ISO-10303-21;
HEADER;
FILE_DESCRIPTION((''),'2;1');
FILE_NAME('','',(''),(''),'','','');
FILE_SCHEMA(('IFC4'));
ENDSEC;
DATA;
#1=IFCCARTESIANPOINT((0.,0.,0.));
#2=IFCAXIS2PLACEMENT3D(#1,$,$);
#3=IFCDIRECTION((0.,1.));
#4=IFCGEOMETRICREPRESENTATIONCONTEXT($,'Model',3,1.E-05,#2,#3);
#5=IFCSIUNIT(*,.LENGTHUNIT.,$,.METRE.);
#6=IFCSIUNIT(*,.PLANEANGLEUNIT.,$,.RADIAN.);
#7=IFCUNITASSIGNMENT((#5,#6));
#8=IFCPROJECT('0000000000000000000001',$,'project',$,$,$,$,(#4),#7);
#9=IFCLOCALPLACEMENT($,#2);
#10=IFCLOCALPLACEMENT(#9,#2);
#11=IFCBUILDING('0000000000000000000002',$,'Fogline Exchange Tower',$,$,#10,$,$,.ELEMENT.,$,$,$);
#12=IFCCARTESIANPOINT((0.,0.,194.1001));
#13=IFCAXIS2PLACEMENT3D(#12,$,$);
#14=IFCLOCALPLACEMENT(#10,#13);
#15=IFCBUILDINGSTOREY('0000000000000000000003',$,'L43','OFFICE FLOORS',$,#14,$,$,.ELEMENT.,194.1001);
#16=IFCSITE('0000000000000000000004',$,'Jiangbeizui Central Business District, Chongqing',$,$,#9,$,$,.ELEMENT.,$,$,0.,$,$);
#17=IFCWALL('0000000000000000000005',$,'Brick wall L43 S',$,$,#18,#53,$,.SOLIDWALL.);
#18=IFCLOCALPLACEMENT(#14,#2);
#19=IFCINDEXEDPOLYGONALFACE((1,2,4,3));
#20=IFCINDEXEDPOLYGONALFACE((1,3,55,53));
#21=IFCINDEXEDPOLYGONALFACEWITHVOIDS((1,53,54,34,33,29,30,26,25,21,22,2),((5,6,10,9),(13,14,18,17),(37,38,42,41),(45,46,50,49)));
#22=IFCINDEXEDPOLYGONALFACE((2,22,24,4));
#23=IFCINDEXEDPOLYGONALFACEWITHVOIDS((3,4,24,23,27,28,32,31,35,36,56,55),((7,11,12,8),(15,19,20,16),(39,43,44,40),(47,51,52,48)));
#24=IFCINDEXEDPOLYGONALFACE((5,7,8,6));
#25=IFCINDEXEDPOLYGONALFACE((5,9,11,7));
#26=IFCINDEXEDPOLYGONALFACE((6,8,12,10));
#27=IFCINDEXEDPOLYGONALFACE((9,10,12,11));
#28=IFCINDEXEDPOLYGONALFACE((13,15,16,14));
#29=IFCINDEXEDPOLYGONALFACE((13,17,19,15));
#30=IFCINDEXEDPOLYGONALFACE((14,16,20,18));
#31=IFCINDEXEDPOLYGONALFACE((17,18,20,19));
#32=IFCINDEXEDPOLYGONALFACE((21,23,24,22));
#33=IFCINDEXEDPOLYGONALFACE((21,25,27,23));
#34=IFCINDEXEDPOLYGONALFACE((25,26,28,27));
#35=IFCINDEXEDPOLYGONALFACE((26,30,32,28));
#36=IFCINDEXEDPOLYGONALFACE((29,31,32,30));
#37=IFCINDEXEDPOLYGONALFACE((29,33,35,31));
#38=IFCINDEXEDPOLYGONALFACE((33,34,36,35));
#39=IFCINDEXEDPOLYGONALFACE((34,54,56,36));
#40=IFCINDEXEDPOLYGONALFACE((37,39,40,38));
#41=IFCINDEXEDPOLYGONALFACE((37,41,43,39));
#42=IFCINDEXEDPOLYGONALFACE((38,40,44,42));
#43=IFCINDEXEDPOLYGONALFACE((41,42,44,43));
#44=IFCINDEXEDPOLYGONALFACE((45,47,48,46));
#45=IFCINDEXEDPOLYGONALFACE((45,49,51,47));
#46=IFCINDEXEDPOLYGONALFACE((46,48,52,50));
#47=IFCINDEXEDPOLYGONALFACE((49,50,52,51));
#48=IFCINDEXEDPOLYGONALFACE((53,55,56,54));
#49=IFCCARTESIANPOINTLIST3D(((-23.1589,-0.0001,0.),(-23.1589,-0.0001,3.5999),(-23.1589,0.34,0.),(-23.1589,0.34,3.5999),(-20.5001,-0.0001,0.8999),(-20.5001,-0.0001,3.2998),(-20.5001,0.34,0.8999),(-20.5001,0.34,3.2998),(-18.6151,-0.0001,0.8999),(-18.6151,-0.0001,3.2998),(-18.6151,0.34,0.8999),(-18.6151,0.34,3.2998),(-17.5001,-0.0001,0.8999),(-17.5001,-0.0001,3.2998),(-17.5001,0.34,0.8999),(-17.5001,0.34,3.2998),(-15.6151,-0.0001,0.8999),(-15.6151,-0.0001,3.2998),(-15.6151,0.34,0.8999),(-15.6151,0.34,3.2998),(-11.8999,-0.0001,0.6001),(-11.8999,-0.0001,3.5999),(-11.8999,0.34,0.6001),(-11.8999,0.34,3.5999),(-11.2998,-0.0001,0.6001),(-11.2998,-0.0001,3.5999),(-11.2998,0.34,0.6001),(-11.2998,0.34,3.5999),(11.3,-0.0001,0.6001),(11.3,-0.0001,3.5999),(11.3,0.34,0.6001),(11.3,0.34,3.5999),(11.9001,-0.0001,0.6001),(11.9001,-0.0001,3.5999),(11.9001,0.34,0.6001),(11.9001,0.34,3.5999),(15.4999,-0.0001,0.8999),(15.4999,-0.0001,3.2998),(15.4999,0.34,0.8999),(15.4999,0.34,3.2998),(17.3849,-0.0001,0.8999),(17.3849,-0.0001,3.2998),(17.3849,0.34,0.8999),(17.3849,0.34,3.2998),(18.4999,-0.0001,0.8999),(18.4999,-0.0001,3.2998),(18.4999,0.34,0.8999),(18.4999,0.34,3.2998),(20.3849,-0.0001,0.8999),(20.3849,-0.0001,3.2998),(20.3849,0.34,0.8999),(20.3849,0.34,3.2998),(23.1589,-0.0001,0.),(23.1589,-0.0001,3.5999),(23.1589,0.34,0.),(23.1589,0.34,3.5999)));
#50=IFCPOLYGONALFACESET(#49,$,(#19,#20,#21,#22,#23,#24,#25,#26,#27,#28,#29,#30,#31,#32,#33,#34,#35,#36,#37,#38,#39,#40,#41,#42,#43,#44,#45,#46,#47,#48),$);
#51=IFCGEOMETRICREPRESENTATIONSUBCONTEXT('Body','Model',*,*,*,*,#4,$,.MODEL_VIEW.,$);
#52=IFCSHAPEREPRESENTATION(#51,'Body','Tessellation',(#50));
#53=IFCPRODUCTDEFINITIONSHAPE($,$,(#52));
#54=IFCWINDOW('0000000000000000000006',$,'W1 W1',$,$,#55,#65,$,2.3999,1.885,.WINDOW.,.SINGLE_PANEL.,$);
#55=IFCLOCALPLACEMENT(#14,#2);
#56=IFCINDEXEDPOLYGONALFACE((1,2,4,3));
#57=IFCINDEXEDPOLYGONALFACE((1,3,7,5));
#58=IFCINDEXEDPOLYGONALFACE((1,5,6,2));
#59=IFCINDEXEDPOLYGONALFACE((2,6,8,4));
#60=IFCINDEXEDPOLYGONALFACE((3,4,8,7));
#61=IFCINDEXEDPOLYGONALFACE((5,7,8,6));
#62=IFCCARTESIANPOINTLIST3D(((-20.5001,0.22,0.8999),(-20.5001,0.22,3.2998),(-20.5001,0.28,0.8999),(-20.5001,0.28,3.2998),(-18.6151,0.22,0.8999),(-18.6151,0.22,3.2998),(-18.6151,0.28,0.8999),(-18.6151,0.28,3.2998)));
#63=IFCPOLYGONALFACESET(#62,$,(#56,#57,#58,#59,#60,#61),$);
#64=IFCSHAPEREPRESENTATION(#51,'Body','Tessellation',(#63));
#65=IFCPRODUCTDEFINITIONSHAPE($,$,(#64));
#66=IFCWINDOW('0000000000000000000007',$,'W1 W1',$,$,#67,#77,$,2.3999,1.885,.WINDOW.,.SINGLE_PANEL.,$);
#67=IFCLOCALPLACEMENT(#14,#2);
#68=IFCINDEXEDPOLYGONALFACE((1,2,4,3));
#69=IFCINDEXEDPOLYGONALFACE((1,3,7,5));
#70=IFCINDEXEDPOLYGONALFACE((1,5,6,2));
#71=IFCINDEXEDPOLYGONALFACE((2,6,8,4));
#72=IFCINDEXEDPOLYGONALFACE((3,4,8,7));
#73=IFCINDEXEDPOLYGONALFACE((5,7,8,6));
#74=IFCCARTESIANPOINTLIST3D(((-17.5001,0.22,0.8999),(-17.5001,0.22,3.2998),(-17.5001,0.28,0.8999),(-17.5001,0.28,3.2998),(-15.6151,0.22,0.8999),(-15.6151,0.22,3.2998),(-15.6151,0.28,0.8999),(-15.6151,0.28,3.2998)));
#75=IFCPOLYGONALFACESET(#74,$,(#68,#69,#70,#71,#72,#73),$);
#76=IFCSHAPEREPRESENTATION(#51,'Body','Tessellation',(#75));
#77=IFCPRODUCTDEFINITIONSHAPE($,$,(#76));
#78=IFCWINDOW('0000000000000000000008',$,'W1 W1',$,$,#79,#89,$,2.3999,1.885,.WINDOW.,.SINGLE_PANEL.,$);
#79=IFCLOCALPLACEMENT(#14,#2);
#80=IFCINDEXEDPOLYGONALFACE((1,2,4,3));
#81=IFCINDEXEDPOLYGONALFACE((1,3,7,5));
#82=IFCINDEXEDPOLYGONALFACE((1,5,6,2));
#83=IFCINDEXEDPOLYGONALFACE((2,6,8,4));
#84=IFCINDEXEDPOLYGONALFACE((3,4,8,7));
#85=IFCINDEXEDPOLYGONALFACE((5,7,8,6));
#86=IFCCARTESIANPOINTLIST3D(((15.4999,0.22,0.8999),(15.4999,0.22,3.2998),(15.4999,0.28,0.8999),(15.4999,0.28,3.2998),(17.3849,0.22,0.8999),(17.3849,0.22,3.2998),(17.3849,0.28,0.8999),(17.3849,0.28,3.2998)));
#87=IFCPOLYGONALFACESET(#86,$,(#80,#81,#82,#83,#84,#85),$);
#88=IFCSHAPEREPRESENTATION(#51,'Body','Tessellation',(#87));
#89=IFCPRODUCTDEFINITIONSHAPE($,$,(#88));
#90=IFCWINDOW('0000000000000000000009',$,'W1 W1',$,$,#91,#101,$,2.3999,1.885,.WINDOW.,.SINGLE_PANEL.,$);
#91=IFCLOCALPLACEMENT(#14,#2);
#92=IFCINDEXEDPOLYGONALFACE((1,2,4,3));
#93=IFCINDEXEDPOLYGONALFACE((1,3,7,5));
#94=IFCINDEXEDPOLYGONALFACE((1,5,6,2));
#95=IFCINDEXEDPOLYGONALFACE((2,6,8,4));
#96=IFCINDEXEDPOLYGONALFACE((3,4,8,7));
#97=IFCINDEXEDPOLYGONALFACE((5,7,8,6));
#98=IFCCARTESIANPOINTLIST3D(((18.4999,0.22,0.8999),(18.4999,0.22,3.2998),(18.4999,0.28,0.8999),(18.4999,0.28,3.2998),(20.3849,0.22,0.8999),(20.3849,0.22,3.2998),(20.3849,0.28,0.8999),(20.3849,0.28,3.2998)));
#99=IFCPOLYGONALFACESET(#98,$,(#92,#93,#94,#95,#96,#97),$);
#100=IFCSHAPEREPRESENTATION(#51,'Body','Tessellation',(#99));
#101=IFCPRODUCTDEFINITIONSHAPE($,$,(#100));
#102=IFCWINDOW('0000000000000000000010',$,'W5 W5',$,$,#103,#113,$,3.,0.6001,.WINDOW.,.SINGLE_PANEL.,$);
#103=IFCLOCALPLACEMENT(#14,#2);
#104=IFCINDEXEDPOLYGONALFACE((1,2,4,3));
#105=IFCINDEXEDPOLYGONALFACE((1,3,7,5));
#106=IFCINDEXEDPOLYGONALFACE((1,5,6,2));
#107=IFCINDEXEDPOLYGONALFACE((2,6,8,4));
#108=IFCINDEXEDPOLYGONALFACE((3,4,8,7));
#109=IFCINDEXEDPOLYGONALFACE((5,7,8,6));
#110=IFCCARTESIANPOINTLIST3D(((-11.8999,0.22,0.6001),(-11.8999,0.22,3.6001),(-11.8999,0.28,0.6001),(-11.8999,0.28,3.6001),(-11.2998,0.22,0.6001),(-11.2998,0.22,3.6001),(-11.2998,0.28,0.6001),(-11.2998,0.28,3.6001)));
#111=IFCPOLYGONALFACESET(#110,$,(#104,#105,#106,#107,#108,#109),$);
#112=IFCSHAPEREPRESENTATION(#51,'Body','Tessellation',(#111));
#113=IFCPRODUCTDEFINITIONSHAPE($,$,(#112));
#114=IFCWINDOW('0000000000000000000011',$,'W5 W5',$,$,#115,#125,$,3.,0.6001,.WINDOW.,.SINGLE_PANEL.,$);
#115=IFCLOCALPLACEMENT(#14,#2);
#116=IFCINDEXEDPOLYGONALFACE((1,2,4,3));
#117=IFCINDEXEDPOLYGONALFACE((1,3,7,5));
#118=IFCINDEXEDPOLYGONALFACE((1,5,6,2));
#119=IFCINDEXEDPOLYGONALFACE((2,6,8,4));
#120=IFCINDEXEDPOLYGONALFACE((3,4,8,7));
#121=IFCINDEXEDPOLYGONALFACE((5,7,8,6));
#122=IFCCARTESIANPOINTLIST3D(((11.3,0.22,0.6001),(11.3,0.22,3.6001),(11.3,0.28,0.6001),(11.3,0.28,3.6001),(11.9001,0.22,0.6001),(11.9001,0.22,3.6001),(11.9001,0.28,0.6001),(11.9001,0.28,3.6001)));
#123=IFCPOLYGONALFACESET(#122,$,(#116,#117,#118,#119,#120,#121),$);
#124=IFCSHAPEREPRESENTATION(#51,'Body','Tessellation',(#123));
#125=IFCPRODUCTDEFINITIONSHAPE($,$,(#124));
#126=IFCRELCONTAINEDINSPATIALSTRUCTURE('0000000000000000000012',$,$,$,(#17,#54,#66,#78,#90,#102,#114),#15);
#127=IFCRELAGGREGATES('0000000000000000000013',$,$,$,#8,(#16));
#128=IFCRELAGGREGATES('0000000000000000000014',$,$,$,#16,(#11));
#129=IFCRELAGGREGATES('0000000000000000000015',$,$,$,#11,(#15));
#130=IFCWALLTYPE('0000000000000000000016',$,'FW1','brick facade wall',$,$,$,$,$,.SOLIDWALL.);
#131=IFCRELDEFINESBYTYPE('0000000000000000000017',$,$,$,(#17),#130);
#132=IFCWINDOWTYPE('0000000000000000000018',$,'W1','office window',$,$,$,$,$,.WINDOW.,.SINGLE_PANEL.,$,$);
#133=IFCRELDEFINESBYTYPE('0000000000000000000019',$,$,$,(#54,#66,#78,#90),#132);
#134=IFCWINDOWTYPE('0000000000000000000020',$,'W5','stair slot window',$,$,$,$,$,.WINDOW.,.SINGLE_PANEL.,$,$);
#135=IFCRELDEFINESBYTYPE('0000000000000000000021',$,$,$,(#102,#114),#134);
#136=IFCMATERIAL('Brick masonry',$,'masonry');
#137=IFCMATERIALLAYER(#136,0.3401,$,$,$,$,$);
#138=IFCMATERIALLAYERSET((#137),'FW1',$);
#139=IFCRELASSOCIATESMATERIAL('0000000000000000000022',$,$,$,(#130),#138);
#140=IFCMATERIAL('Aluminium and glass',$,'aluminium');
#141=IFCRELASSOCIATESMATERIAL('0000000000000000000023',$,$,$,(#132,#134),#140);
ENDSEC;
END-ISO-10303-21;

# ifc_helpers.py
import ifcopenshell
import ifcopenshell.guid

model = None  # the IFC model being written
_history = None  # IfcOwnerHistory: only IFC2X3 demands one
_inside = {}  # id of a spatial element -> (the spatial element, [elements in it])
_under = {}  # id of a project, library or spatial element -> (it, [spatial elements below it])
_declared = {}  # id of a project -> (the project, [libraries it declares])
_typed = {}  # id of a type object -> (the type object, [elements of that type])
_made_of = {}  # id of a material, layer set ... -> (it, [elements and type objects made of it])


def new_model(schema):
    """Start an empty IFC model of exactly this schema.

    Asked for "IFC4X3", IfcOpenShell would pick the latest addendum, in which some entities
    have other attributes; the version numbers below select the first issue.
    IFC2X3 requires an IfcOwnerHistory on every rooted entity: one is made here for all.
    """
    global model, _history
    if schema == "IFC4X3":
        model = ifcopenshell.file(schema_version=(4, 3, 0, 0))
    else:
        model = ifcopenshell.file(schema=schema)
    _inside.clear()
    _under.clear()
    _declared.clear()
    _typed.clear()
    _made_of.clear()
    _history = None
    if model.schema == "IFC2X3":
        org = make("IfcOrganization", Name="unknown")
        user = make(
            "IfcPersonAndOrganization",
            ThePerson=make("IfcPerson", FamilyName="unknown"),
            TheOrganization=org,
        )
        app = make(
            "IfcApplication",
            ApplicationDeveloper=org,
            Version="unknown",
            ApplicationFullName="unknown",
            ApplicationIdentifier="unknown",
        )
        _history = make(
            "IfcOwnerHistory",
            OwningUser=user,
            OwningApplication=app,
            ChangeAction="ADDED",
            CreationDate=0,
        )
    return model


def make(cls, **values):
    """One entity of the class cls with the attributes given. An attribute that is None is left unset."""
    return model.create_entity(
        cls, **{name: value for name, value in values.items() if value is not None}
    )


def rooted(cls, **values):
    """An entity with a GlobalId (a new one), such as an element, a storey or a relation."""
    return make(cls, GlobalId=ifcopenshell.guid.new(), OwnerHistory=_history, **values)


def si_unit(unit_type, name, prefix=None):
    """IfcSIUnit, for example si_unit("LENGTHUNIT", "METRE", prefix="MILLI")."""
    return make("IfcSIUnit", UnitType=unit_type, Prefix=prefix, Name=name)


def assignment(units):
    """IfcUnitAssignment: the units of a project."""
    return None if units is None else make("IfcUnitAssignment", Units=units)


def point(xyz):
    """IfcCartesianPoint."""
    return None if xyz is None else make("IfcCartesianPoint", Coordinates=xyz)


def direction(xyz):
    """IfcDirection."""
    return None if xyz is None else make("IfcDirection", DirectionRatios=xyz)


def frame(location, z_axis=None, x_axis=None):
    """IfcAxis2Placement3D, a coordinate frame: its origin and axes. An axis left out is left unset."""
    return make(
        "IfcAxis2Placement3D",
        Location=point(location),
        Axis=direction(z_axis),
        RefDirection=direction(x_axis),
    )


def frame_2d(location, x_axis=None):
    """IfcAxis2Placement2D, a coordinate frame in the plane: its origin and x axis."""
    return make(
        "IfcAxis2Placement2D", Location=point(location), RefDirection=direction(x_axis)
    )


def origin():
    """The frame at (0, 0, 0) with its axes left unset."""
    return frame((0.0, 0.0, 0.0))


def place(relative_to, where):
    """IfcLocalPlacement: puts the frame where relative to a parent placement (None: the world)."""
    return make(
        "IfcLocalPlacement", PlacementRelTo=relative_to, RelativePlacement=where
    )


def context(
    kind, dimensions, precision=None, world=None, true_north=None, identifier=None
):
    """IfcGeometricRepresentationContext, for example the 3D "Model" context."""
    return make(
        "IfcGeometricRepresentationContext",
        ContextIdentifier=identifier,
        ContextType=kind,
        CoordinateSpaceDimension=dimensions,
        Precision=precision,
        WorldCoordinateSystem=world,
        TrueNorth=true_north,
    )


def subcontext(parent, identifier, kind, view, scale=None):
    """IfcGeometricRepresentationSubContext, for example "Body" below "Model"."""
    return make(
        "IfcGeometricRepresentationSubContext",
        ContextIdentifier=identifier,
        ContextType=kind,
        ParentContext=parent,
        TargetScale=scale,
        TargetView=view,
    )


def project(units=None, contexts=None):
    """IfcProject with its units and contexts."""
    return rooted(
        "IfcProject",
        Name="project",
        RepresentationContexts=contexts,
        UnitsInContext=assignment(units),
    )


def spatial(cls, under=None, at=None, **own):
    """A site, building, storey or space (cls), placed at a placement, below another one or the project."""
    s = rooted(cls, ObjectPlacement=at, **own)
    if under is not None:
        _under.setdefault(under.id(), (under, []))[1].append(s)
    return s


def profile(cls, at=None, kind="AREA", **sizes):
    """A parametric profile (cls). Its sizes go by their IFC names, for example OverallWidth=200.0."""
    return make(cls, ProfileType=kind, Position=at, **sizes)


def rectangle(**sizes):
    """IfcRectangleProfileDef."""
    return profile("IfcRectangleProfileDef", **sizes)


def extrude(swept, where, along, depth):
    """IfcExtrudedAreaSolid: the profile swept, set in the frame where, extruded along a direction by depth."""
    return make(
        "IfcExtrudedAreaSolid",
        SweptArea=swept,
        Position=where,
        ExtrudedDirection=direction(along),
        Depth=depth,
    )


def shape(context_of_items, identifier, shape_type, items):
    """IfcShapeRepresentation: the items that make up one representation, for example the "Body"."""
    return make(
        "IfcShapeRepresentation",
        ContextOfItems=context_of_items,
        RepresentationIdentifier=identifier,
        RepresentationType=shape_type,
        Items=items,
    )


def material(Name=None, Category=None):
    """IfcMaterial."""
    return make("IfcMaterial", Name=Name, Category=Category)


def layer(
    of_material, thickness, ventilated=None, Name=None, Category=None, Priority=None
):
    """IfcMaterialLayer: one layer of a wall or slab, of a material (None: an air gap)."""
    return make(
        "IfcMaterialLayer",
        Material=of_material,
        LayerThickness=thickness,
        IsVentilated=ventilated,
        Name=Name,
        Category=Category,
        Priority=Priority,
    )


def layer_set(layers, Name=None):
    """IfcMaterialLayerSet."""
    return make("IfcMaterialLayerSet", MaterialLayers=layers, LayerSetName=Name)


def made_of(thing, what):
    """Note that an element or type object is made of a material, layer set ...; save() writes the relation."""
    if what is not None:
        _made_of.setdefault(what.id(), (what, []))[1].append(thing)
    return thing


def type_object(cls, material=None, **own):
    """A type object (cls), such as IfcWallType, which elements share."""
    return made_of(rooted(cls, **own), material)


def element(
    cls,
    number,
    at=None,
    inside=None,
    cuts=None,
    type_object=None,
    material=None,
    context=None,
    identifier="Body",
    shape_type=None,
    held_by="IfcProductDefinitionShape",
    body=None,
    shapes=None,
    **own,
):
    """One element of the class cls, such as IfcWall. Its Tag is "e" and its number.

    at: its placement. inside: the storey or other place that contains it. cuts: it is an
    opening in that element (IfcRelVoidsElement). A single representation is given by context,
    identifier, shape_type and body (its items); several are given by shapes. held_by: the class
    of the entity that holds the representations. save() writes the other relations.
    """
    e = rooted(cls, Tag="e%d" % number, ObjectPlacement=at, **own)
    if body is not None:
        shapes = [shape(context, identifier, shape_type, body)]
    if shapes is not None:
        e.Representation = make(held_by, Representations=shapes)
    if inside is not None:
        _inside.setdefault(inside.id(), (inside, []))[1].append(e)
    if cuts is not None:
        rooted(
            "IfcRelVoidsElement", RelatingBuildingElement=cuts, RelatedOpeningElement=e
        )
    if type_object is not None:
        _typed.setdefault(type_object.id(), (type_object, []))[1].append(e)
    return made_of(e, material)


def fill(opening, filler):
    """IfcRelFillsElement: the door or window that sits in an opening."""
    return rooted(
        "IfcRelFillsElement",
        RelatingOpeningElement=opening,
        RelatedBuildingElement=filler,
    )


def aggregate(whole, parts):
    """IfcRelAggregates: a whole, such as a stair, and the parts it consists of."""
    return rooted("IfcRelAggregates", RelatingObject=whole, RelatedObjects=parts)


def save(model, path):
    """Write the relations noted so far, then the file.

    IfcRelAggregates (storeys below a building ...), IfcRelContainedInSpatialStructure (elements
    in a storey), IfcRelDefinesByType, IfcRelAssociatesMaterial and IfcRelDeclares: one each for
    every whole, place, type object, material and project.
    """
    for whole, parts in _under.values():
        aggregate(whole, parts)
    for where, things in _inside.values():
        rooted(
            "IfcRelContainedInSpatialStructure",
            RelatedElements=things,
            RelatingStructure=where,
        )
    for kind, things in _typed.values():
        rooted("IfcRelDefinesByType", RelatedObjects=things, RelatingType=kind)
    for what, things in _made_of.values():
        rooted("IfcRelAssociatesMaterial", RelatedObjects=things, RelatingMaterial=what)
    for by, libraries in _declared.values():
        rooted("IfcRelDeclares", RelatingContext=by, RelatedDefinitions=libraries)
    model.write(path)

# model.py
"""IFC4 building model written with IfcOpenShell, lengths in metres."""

from ifc_helpers import new_model, si_unit, direction, frame, frame_2d, origin, place, context, subcontext, project, spatial, rectangle, extrude, material, layer, layer_set, type_object, element, fill, save


model = new_model("IFC4")

# Units and contexts
model_context = context("Model", 3, precision=1e-05, world=origin(), true_north=direction((0.0, 1.0)))
body_context = subcontext(model_context, "Body", "Model", "MODEL_VIEW")
ifc_project = project(units=[si_unit("LENGTHUNIT", "METRE"), si_unit("PLANEANGLEUNIT", "RADIAN")], contexts=[model_context])

# Site, building, storey
site_placement = place(None, origin())
site = spatial("IfcSite", under=ifc_project, at=site_placement, Name="Jiangbeizui Central Business District, Chongqing", CompositionType="ELEMENT", RefElevation=0.0)
building_placement = place(site_placement, origin())
building = spatial("IfcBuilding", under=site, at=building_placement, Name="Fogline Exchange Tower", CompositionType="ELEMENT")
storey_placement = place(building_placement, frame((0.0, 0.0, 194.1001)))
storey = spatial("IfcBuildingStorey", under=building, at=storey_placement, Name="L43", Description="OFFICE FLOORS", CompositionType="ELEMENT", Elevation=194.1001)

# Shared definitions
ifc_material_1 = material(Name="Brick masonry", Category="masonry")
ifc_layer = layer(ifc_material_1, 0.3401)
ifc_layer_set = layer_set([ifc_layer], Name="FW1")
wall_type = type_object("IfcWallType", Name="FW1", Description="brick facade wall", PredefinedType="SOLIDWALL", material=ifc_layer_set)
ifc_material_2 = material(Name="Aluminium and glass", Category="aluminium")

# Wall, openings, windows
wall_1_placement = place(storey_placement, frame((-23.1589, 0.1699, 0.0), z_axis=(0.0, 0.0, 1.0), x_axis=(1.0, 0.0, 0.0)))
wall_1 = element("IfcWall", 1, at=wall_1_placement, inside=storey, type_object=wall_type, Name="Brick wall L43 S", PredefinedType="SOLIDWALL", context=body_context, shape_type="SweptSolid", body=[
    extrude(rectangle(XDim=46.3179, YDim=0.3401, at=frame_2d((23.1589, 0.0))), origin(), (0.0, 0.0, 1.0), 3.5999),
])
opening_1_placement = place(wall_1_placement, frame((2.6589, 0.0, 0.8999)))
opening_1 = element("IfcOpeningElement", 2, at=opening_1_placement, cuts=wall_1, PredefinedType="OPENING", context=body_context, shape_type="SweptSolid", body=[
    extrude(rectangle(XDim=1.885, YDim=2.3999, at=frame_2d((0.9424, 1.2))), frame((0.0, 0.1802, 0.0), z_axis=(0.0, -1.0, 0.0), x_axis=(1.0, 0.0, 0.0)), (0.0, 0.0, 1.0), 0.3601),
])
opening_2_placement = place(wall_1_placement, frame((5.6589, 0.0, 0.8999)))
opening_2 = element("IfcOpeningElement", 3, at=opening_2_placement, cuts=wall_1, PredefinedType="OPENING", context=body_context, shape_type="SweptSolid", body=[
    extrude(rectangle(XDim=1.885, YDim=2.3999, at=frame_2d((0.9424, 1.2))), frame((0.0, 0.1802, 0.0), z_axis=(0.0, -1.0, 0.0), x_axis=(1.0, 0.0, 0.0)), (0.0, 0.0, 1.0), 0.3601),
])
opening_3_placement = place(wall_1_placement, frame((38.6589, 0.0, 0.8999)))
opening_3 = element("IfcOpeningElement", 4, at=opening_3_placement, cuts=wall_1, PredefinedType="OPENING", context=body_context, shape_type="SweptSolid", body=[
    extrude(rectangle(XDim=1.885, YDim=2.3999, at=frame_2d((0.9424, 1.2))), frame((0.0, 0.1802, 0.0), z_axis=(0.0, -1.0, 0.0), x_axis=(1.0, 0.0, 0.0)), (0.0, 0.0, 1.0), 0.3601),
])
opening_4_placement = place(wall_1_placement, frame((41.6589, 0.0, 0.8999)))
opening_4 = element("IfcOpeningElement", 5, at=opening_4_placement, cuts=wall_1, PredefinedType="OPENING", context=body_context, shape_type="SweptSolid", body=[
    extrude(rectangle(XDim=1.885, YDim=2.3999, at=frame_2d((0.9424, 1.2))), frame((0.0, 0.1802, 0.0), z_axis=(0.0, -1.0, 0.0), x_axis=(1.0, 0.0, 0.0)), (0.0, 0.0, 1.0), 0.3601),
])
opening_5_placement = place(wall_1_placement, frame((11.259, 0.0, 0.6001)))
opening_5 = element("IfcOpeningElement", 6, at=opening_5_placement, cuts=wall_1, PredefinedType="OPENING", context=body_context, shape_type="SweptSolid", body=[
    extrude(rectangle(XDim=0.6001, YDim=3.0, at=frame_2d((0.3, 1.5))), frame((0.0, 0.1802, 0.0), z_axis=(0.0, -1.0, 0.0), x_axis=(1.0, 0.0, 0.0)), (0.0, 0.0, 1.0), 0.3601),
])
opening_6_placement = place(wall_1_placement, frame((34.459, 0.0, 0.6001)))
opening_6 = element("IfcOpeningElement", 7, at=opening_6_placement, cuts=wall_1, PredefinedType="OPENING", context=body_context, shape_type="SweptSolid", body=[
    extrude(rectangle(XDim=0.6001, YDim=3.0, at=frame_2d((0.3, 1.5))), frame((0.0, 0.1802, 0.0), z_axis=(0.0, -1.0, 0.0), x_axis=(1.0, 0.0, 0.0)), (0.0, 0.0, 1.0), 0.3601),
])
window_type_1 = type_object("IfcWindowType", Name="W1", Description="office window", PartitioningType="SINGLE_PANEL", PredefinedType="WINDOW", material=ifc_material_2)
window_1_placement = place(opening_1_placement, origin())
window_1 = element("IfcWindow", 8, at=window_1_placement, inside=storey, type_object=window_type_1, Name="W1 W1", OverallHeight=2.3999, OverallWidth=1.885, PartitioningType="SINGLE_PANEL", PredefinedType="WINDOW", context=body_context, shape_type="SweptSolid", body=[
    extrude(rectangle(XDim=1.885, YDim=2.3999, at=frame_2d((0.9424, 1.2))), frame((0.0, 0.1101, 0.0), z_axis=(0.0, -1.0, 0.0), x_axis=(1.0, 0.0, 0.0)), (0.0, 0.0, 1.0), 0.0601),
])
fill(opening_1, window_1)
window_2_placement = place(opening_2_placement, origin())
window_2 = element("IfcWindow", 9, at=window_2_placement, inside=storey, type_object=window_type_1, Name="W1 W1", OverallHeight=2.3999, OverallWidth=1.885, PartitioningType="SINGLE_PANEL", PredefinedType="WINDOW", context=body_context, shape_type="SweptSolid", body=[
    extrude(rectangle(XDim=1.885, YDim=2.3999, at=frame_2d((0.9424, 1.2))), frame((0.0, 0.1101, 0.0), z_axis=(0.0, -1.0, 0.0), x_axis=(1.0, 0.0, 0.0)), (0.0, 0.0, 1.0), 0.0601),
])
fill(opening_2, window_2)
window_3_placement = place(opening_3_placement, origin())
window_3 = element("IfcWindow", 10, at=window_3_placement, inside=storey, type_object=window_type_1, Name="W1 W1", OverallHeight=2.3999, OverallWidth=1.885, PartitioningType="SINGLE_PANEL", PredefinedType="WINDOW", context=body_context, shape_type="SweptSolid", body=[
    extrude(rectangle(XDim=1.885, YDim=2.3999, at=frame_2d((0.9424, 1.2))), frame((0.0, 0.1101, 0.0), z_axis=(0.0, -1.0, 0.0), x_axis=(1.0, 0.0, 0.0)), (0.0, 0.0, 1.0), 0.0601),
])
fill(opening_3, window_3)
window_4_placement = place(opening_4_placement, origin())
window_4 = element("IfcWindow", 11, at=window_4_placement, inside=storey, type_object=window_type_1, Name="W1 W1", OverallHeight=2.3999, OverallWidth=1.885, PartitioningType="SINGLE_PANEL", PredefinedType="WINDOW", context=body_context, shape_type="SweptSolid", body=[
    extrude(rectangle(XDim=1.885, YDim=2.3999, at=frame_2d((0.9424, 1.2))), frame((0.0, 0.1101, 0.0), z_axis=(0.0, -1.0, 0.0), x_axis=(1.0, 0.0, 0.0)), (0.0, 0.0, 1.0), 0.0601),
])
fill(opening_4, window_4)
window_type_2 = type_object("IfcWindowType", Name="W5", Description="stair slot window", PartitioningType="SINGLE_PANEL", PredefinedType="WINDOW", material=ifc_material_2)
window_5_placement = place(opening_5_placement, origin())
window_5 = element("IfcWindow", 12, at=window_5_placement, inside=storey, type_object=window_type_2, Name="W5 W5", OverallHeight=3.0, OverallWidth=0.6001, PartitioningType="SINGLE_PANEL", PredefinedType="WINDOW", context=body_context, shape_type="SweptSolid", body=[
    extrude(rectangle(XDim=0.6001, YDim=3.0, at=frame_2d((0.3, 1.5))), frame((0.0, 0.1101, 0.0), z_axis=(0.0, -1.0, 0.0), x_axis=(1.0, 0.0, 0.0)), (0.0, 0.0, 1.0), 0.0601),
])
fill(opening_5, window_5)
window_6_placement = place(opening_6_placement, origin())
window_6 = element("IfcWindow", 13, at=window_6_placement, inside=storey, type_object=window_type_2, Name="W5 W5", OverallHeight=3.0, OverallWidth=0.6001, PartitioningType="SINGLE_PANEL", PredefinedType="WINDOW", context=body_context, shape_type="SweptSolid", body=[
    extrude(rectangle(XDim=0.6001, YDim=3.0, at=frame_2d((0.3, 1.5))), frame((0.0, 0.1101, 0.0), z_axis=(0.0, -1.0, 0.0), x_axis=(1.0, 0.0, 0.0)), (0.0, 0.0, 1.0), 0.0601),
])
fill(opening_6, window_6)

save(model, "model.ifc")
